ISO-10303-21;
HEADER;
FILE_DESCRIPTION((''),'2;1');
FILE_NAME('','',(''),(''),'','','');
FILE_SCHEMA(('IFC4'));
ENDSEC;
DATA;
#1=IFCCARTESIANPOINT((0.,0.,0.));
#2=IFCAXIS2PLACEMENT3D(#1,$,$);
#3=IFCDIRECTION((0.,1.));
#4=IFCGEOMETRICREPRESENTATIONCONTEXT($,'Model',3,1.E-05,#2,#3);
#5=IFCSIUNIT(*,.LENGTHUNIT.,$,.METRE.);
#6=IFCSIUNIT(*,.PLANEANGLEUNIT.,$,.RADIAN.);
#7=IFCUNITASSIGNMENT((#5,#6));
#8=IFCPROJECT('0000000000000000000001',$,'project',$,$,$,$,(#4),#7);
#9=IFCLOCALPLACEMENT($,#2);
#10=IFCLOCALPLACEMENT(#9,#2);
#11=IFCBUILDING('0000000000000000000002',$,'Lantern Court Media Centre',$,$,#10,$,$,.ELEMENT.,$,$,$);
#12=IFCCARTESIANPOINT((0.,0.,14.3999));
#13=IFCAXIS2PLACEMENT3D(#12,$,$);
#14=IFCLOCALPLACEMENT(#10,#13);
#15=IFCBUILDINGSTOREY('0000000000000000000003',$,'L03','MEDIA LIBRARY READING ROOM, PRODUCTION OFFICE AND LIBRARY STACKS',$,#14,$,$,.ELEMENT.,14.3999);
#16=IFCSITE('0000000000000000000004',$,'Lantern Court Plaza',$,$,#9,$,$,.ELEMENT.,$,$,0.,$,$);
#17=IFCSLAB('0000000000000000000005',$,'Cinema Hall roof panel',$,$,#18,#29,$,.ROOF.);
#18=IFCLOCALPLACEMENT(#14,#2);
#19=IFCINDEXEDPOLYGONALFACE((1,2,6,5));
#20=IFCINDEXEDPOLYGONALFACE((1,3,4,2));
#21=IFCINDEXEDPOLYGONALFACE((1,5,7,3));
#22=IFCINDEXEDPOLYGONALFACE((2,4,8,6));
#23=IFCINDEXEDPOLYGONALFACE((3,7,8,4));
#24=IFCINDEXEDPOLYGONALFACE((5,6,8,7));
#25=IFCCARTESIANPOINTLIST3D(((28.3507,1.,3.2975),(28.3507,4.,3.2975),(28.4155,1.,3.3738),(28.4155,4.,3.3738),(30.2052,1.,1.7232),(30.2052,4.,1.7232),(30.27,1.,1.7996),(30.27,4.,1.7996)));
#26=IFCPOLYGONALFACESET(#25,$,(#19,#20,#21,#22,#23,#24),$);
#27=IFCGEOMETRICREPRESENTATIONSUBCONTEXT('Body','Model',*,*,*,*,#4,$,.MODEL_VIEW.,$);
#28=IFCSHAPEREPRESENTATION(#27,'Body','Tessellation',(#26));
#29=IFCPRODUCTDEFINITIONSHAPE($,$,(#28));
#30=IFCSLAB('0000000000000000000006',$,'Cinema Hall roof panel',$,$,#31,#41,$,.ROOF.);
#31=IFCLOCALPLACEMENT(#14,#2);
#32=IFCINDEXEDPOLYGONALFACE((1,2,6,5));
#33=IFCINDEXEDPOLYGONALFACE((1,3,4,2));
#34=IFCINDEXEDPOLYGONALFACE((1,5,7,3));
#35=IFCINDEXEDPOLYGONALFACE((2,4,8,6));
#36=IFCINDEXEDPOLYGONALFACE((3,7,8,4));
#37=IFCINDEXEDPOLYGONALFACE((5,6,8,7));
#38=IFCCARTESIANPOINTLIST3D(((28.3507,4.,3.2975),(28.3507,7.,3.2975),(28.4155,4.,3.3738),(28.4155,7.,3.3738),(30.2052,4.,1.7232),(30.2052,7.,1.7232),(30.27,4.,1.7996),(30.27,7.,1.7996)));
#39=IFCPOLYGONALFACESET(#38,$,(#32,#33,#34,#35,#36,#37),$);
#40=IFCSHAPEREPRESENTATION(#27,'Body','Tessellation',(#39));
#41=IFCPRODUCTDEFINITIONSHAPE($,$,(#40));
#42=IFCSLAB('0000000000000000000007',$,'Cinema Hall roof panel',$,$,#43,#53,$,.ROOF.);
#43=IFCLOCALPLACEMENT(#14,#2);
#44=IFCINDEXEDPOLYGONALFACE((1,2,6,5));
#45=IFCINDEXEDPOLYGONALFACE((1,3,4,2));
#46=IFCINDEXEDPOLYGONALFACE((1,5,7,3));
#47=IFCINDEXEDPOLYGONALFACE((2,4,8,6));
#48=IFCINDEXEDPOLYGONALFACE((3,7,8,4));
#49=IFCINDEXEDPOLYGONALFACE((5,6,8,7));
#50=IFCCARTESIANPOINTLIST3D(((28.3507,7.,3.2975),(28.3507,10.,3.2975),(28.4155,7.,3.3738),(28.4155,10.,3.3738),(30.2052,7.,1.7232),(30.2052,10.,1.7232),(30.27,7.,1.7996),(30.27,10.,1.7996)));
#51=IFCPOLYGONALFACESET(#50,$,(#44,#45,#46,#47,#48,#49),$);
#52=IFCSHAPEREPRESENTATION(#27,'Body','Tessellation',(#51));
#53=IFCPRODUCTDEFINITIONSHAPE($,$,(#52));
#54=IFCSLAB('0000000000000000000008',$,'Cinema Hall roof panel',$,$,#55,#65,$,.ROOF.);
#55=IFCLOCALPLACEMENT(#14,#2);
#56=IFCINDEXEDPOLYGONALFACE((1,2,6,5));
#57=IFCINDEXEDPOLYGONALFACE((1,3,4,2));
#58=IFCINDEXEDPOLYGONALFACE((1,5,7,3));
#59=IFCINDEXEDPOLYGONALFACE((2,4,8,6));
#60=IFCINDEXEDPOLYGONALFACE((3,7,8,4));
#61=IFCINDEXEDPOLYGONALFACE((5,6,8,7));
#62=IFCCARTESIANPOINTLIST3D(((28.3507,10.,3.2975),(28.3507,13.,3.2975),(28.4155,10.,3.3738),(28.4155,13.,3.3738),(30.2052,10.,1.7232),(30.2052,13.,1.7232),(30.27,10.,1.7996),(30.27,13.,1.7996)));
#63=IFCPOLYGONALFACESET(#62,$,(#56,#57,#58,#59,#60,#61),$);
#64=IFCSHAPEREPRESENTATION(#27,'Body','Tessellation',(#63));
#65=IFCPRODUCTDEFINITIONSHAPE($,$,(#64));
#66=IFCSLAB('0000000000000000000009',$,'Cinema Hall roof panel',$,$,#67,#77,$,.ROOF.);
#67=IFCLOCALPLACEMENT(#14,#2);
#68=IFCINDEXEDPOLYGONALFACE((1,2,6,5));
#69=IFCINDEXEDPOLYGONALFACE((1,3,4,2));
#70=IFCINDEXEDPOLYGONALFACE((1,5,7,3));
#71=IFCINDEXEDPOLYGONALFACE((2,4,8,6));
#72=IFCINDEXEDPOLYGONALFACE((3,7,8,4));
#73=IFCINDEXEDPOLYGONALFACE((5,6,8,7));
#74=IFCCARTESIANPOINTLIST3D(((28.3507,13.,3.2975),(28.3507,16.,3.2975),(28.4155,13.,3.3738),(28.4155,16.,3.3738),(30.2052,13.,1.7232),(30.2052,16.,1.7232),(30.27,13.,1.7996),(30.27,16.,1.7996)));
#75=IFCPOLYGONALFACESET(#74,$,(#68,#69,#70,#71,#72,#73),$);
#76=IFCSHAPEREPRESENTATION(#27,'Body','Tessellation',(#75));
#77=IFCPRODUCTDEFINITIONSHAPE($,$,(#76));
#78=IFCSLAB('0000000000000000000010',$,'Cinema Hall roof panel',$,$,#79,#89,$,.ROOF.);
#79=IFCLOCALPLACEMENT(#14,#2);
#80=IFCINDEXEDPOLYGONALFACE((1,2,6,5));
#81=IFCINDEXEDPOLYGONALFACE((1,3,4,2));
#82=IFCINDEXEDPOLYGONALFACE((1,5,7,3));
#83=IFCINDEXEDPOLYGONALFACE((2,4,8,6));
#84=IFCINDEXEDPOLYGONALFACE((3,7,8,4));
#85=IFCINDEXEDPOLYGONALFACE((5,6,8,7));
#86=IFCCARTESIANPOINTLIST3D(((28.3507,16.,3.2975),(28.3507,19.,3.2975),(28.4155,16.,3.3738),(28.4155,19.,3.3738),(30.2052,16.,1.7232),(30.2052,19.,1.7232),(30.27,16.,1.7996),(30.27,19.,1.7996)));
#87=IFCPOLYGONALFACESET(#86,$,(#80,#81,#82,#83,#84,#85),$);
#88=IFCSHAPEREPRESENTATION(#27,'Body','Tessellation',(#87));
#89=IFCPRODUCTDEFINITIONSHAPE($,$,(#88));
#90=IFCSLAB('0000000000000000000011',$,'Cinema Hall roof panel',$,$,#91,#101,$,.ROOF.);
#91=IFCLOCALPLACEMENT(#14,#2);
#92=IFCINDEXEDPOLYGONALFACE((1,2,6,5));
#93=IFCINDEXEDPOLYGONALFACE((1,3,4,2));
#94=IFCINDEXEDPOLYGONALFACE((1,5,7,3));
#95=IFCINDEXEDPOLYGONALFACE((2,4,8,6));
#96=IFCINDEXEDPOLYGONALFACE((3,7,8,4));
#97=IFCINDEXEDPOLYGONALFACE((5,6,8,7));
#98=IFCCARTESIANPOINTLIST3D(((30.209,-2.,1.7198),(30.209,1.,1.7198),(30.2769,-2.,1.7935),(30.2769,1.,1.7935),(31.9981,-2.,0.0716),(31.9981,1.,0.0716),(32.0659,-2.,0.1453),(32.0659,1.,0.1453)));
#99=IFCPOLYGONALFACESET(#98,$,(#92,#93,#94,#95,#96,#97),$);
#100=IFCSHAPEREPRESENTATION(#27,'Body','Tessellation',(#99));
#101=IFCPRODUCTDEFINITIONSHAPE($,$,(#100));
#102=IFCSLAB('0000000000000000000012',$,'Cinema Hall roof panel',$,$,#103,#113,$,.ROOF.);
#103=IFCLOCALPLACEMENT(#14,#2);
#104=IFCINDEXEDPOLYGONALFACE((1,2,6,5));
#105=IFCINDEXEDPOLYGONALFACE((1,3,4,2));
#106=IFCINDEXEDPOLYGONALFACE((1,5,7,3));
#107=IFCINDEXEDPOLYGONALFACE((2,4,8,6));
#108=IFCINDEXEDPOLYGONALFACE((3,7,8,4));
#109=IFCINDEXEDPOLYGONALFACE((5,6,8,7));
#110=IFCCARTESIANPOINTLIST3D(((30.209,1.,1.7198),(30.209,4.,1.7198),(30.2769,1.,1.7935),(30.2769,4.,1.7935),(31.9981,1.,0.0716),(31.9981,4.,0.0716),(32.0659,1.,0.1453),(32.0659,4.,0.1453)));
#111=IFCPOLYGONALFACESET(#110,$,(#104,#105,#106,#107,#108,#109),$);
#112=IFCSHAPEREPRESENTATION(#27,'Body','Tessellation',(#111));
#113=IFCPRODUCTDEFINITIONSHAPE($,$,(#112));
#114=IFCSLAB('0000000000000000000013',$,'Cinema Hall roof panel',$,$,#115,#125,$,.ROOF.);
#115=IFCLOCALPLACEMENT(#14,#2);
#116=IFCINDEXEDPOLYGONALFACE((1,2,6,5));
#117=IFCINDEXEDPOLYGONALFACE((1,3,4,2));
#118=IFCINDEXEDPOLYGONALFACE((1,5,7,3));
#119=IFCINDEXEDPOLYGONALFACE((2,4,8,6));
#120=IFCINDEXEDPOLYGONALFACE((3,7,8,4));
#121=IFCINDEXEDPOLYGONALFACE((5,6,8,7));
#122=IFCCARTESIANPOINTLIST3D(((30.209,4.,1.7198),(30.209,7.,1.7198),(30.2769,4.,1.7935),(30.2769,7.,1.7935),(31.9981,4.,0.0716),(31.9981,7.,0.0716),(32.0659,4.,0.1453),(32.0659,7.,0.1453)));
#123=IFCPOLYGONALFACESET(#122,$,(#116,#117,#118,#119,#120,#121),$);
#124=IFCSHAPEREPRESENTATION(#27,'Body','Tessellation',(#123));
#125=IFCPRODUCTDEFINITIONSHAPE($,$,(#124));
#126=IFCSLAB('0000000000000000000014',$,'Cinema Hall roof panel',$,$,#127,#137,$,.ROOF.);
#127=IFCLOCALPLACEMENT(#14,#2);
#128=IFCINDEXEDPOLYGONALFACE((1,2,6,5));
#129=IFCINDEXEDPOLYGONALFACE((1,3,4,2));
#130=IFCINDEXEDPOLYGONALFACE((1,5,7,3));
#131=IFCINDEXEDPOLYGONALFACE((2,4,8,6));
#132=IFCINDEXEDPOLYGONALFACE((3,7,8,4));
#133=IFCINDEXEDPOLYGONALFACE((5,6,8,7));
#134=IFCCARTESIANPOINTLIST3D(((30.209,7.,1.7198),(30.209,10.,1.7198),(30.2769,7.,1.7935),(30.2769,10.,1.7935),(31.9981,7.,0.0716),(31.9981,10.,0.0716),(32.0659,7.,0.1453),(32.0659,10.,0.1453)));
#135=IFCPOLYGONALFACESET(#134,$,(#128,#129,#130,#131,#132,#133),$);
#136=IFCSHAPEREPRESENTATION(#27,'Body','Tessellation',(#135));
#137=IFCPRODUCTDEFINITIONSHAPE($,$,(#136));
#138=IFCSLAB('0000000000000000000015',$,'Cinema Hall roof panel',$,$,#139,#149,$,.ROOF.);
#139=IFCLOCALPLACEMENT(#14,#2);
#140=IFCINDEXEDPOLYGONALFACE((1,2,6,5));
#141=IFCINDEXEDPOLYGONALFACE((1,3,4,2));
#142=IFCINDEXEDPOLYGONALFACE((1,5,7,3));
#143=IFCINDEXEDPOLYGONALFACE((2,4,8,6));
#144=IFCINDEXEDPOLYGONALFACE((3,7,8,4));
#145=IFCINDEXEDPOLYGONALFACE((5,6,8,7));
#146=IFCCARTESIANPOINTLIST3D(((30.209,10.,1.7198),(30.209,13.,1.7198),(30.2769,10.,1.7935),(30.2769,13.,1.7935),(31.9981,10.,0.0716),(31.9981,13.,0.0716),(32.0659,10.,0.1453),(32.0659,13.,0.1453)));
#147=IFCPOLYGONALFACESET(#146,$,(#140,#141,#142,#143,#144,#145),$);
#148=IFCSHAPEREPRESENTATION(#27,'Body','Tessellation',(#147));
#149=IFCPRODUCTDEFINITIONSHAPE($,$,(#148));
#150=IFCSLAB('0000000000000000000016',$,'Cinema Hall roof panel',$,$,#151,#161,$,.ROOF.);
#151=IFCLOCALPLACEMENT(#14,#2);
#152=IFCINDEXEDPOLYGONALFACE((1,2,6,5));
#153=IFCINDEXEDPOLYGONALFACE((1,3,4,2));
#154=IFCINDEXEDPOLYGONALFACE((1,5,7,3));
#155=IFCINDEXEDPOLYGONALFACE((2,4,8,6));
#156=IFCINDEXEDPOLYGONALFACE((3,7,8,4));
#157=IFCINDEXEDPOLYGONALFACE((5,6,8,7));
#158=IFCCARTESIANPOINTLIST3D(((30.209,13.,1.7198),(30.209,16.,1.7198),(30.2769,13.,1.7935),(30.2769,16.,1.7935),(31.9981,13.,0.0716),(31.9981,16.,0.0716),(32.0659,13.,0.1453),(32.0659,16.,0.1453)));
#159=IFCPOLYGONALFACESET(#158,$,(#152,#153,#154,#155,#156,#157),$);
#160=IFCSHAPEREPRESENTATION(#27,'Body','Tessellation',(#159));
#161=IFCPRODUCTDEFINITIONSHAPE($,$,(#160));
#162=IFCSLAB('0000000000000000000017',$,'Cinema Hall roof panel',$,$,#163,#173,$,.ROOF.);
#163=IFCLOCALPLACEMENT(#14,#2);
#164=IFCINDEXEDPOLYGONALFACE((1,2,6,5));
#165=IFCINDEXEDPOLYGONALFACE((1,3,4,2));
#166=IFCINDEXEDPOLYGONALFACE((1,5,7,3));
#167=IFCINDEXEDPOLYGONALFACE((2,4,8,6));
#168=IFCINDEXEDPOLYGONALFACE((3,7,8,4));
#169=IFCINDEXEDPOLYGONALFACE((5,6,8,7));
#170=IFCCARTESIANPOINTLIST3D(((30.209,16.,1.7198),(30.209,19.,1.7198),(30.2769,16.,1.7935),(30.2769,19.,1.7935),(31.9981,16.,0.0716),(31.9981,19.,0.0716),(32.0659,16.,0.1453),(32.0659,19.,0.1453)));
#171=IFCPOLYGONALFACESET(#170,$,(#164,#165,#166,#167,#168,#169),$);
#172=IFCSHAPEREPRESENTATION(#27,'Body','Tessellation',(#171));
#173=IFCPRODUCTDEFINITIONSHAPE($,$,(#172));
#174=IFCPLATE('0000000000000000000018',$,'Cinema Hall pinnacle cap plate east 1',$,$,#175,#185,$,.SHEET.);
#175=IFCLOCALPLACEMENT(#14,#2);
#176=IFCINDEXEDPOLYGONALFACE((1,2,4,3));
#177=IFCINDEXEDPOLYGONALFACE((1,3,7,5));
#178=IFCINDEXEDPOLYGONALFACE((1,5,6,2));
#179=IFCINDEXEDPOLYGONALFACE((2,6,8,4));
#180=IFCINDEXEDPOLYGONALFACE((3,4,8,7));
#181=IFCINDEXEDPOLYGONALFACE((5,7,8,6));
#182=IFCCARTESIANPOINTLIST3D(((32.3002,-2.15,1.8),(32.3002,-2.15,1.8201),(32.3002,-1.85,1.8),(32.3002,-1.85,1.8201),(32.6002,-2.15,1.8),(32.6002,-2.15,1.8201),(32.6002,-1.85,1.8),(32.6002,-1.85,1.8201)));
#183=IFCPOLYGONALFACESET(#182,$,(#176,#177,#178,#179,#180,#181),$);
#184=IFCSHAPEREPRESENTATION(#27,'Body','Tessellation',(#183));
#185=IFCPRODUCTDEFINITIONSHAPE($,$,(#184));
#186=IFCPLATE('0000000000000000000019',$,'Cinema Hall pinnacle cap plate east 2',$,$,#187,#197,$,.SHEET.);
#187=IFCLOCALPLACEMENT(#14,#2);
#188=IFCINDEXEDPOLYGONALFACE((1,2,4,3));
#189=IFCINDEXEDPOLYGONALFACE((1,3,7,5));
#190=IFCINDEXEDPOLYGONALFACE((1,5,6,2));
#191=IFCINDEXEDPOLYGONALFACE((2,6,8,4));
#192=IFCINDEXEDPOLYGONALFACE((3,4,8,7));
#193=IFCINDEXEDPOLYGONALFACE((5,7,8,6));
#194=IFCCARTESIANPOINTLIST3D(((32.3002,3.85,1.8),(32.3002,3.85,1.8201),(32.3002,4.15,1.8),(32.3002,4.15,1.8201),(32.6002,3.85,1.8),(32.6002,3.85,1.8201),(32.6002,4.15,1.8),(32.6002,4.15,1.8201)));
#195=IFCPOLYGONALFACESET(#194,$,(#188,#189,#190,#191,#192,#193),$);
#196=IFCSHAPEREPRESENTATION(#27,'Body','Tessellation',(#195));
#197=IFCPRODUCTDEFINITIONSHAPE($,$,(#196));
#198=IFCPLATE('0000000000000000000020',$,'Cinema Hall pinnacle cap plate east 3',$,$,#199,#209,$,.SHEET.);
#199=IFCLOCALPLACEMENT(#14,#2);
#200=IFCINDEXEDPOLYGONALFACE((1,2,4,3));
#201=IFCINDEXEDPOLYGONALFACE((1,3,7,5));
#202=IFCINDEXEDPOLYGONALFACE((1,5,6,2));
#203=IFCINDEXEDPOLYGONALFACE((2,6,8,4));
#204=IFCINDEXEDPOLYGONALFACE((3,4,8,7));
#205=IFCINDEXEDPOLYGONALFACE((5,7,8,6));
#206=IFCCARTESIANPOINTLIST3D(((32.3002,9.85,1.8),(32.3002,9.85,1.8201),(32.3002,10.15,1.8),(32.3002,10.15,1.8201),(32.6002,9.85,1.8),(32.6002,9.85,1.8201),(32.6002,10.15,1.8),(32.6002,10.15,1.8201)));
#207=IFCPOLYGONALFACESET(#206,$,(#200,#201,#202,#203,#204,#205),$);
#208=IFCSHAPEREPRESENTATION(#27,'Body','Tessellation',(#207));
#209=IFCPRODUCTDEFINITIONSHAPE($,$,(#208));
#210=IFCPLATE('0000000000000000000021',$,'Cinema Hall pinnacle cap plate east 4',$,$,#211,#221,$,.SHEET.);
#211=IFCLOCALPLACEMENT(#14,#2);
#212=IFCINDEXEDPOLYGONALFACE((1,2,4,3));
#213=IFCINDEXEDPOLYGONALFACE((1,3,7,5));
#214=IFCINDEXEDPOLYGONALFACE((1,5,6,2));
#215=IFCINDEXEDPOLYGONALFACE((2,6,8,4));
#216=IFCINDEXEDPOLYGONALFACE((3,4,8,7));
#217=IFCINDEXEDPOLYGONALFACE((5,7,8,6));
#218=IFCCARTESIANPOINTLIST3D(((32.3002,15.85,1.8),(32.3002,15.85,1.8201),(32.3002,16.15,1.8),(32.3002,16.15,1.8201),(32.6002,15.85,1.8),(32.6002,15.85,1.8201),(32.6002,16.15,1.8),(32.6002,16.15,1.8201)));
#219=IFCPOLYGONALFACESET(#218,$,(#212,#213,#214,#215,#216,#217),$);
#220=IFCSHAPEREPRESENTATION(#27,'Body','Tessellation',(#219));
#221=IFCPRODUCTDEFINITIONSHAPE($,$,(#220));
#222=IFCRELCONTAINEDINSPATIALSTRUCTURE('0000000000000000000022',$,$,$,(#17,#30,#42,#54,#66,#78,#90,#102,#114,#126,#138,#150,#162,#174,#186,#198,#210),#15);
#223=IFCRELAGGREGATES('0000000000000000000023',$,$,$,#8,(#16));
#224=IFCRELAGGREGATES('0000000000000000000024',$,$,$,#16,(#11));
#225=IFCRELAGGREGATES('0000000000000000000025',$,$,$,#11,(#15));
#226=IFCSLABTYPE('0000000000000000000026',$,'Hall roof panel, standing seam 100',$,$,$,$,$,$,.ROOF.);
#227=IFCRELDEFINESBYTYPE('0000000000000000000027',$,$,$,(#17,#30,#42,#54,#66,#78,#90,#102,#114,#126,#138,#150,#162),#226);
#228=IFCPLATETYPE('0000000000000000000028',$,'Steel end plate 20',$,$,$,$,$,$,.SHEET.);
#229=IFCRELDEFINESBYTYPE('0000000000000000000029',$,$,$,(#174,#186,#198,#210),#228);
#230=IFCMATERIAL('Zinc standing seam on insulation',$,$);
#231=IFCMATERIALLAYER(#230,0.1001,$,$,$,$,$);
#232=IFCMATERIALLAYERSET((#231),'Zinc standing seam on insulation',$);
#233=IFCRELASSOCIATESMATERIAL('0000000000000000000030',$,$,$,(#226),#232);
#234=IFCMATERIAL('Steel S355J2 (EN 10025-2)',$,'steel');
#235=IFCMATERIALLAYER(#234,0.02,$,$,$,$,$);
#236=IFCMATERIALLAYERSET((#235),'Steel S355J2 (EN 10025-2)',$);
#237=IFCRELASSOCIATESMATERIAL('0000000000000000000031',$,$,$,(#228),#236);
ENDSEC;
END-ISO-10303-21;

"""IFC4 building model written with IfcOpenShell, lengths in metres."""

from ifc_helpers import new_model, si_unit, direction, frame, origin, origin_2d, place, context, subcontext, project, spatial, polyline, rectangle, outline, extrude, material, layer, layer_set, type_object, element, save


model = new_model("IFC4")

# Units and contexts
model_context = context("Model", 3, precision=1e-05, world=origin(), true_north=direction((0.0, 1.0)))
body_context = subcontext(model_context, "Body", "Model", "MODEL_VIEW")
ifc_project = project(units=[si_unit("LENGTHUNIT", "METRE"), si_unit("PLANEANGLEUNIT", "RADIAN")], contexts=[model_context])

# Site, building, storey
site_placement = place(None, origin())
site = spatial("IfcSite", under=ifc_project, at=site_placement, Name="Lantern Court Plaza", CompositionType="ELEMENT", RefElevation=0.0)
building_placement = place(site_placement, origin())
building = spatial("IfcBuilding", under=site, at=building_placement, Name="Lantern Court Media Centre", CompositionType="ELEMENT")
storey_placement = place(building_placement, frame((0.0, 0.0, 14.3999)))
storey = spatial("IfcBuildingStorey", under=building, at=storey_placement, Name="L03", Description="MEDIA LIBRARY READING ROOM, PRODUCTION OFFICE AND LIBRARY STACKS", CompositionType="ELEMENT", Elevation=14.3999)

# Shared definitions
ifc_material_1 = material(Name="Steel S355J2 (EN 10025-2)", Category="steel")

# Slabs
ifc_material_2 = material(Name="Zinc standing seam on insulation")
ifc_layer_1 = layer(ifc_material_2, 0.1001)
ifc_layer_set_1 = layer_set([ifc_layer_1], Name="Zinc standing seam on insulation")
slab_type = type_object("IfcSlabType", Name="Hall roof panel, standing seam 100", PredefinedType="ROOF", material=ifc_layer_set_1)
for number, where, z_axis, x_axis, name in (
    (1, (28.4155, 1.0, 3.3738), (0.647147, 0.0, 0.762365), (0.762365, 0.0, -0.647147), "Cinema Hall roof panel"),
    (2, (28.4155, 4.0, 3.3738), (0.647147, 0.0, 0.762365), (0.762365, 0.0, -0.647147), "Cinema Hall roof panel"),
    (3, (28.4155, 7.0, 3.3738), (0.647147, 0.0, 0.762365), (0.762365, 0.0, -0.647147), "Cinema Hall roof panel"),
    (4, (28.4155, 10.0, 3.3738), (0.647147, 0.0, 0.762365), (0.762365, 0.0, -0.647147), "Cinema Hall roof panel"),
    (5, (28.4155, 13.0, 3.3738), (0.647147, 0.0, 0.762365), (0.762365, 0.0, -0.647147), "Cinema Hall roof panel"),
    (6, (28.4155, 16.0, 3.3738), (0.647147, 0.0, 0.762365), (0.762365, 0.0, -0.647147), "Cinema Hall roof panel"),
):
    element("IfcSlab", number, at=place(storey_placement, frame(where, z_axis=z_axis, x_axis=x_axis)), inside=storey, type_object=slab_type, Name=name, PredefinedType="ROOF", context=body_context, shape_type="SweptSolid", body=[
        extrude(outline(polyline([(0.0, 0.0), (2.4326, 0.0), (2.4326, 3.0), (0.0, 3.0), (0.0, 0.0)])), origin(), (0.0, 0.0, -1.0), 0.1001),
    ])
for number, where, z_axis, x_axis, name in (
    (7, (30.2769, -2.0, 1.7935), (0.677559, 0.0, 0.735469), (0.735469, 0.0, -0.677559), "Cinema Hall roof panel"),
    (8, (30.2769, 1.0, 1.7935), (0.677559, 0.0, 0.735469), (0.735469, 0.0, -0.677559), "Cinema Hall roof panel"),
    (9, (30.2769, 4.0, 1.7935), (0.677559, 0.0, 0.735469), (0.735469, 0.0, -0.677559), "Cinema Hall roof panel"),
    (10, (30.2769, 7.0, 1.7935), (0.677559, 0.0, 0.735469), (0.735469, 0.0, -0.677559), "Cinema Hall roof panel"),
    (11, (30.2769, 10.0, 1.7935), (0.677559, 0.0, 0.735469), (0.735469, 0.0, -0.677559), "Cinema Hall roof panel"),
    (12, (30.2769, 13.0, 1.7935), (0.677559, 0.0, 0.735469), (0.735469, 0.0, -0.677559), "Cinema Hall roof panel"),
    (13, (30.2769, 16.0, 1.7935), (0.677559, 0.0, 0.735469), (0.735469, 0.0, -0.677559), "Cinema Hall roof panel"),
):
    element("IfcSlab", number, at=place(storey_placement, frame(where, z_axis=z_axis, x_axis=x_axis)), inside=storey, type_object=slab_type, Name=name, PredefinedType="ROOF", context=body_context, shape_type="SweptSolid", body=[
        extrude(outline(polyline([(0.0, 0.0), (2.4325, 0.0), (2.4325, 3.0), (0.0, 3.0), (0.0, 0.0)])), origin(), (0.0, 0.0, -1.0), 0.1001),
    ])

# Plates
ifc_layer_2 = layer(ifc_material_1, 0.02)
ifc_layer_set_2 = layer_set([ifc_layer_2], Name="Steel S355J2 (EN 10025-2)")
plate_type = type_object("IfcPlateType", Name="Steel end plate 20", PredefinedType="SHEET", material=ifc_layer_set_2)
for number, where, z_axis, x_axis, name in (
    (14, (32.4502, -2.0, 1.8), (0.0, 0.0, 1.0), (1.0, 0.0, 0.0), "Cinema Hall pinnacle cap plate east 1"),
    (15, (32.4502, 4.0, 1.8), (0.0, 0.0, 1.0), (1.0, 0.0, 0.0), "Cinema Hall pinnacle cap plate east 2"),
    (16, (32.4502, 10.0, 1.8), (0.0, 0.0, 1.0), (1.0, 0.0, 0.0), "Cinema Hall pinnacle cap plate east 3"),
    (17, (32.4502, 16.0, 1.8), (0.0, 0.0, 1.0), (1.0, 0.0, 0.0), "Cinema Hall pinnacle cap plate east 4"),
):
    element("IfcPlate", number, at=place(storey_placement, frame(where, z_axis=z_axis, x_axis=x_axis)), inside=storey, type_object=plate_type, Name=name, PredefinedType="SHEET", context=body_context, shape_type="SweptSolid", body=[
        extrude(rectangle(XDim=0.3, YDim=0.3, at=origin_2d()), origin(), (0.0, 0.0, 1.0), 0.02),
    ])

save(model, "model.ifc")
